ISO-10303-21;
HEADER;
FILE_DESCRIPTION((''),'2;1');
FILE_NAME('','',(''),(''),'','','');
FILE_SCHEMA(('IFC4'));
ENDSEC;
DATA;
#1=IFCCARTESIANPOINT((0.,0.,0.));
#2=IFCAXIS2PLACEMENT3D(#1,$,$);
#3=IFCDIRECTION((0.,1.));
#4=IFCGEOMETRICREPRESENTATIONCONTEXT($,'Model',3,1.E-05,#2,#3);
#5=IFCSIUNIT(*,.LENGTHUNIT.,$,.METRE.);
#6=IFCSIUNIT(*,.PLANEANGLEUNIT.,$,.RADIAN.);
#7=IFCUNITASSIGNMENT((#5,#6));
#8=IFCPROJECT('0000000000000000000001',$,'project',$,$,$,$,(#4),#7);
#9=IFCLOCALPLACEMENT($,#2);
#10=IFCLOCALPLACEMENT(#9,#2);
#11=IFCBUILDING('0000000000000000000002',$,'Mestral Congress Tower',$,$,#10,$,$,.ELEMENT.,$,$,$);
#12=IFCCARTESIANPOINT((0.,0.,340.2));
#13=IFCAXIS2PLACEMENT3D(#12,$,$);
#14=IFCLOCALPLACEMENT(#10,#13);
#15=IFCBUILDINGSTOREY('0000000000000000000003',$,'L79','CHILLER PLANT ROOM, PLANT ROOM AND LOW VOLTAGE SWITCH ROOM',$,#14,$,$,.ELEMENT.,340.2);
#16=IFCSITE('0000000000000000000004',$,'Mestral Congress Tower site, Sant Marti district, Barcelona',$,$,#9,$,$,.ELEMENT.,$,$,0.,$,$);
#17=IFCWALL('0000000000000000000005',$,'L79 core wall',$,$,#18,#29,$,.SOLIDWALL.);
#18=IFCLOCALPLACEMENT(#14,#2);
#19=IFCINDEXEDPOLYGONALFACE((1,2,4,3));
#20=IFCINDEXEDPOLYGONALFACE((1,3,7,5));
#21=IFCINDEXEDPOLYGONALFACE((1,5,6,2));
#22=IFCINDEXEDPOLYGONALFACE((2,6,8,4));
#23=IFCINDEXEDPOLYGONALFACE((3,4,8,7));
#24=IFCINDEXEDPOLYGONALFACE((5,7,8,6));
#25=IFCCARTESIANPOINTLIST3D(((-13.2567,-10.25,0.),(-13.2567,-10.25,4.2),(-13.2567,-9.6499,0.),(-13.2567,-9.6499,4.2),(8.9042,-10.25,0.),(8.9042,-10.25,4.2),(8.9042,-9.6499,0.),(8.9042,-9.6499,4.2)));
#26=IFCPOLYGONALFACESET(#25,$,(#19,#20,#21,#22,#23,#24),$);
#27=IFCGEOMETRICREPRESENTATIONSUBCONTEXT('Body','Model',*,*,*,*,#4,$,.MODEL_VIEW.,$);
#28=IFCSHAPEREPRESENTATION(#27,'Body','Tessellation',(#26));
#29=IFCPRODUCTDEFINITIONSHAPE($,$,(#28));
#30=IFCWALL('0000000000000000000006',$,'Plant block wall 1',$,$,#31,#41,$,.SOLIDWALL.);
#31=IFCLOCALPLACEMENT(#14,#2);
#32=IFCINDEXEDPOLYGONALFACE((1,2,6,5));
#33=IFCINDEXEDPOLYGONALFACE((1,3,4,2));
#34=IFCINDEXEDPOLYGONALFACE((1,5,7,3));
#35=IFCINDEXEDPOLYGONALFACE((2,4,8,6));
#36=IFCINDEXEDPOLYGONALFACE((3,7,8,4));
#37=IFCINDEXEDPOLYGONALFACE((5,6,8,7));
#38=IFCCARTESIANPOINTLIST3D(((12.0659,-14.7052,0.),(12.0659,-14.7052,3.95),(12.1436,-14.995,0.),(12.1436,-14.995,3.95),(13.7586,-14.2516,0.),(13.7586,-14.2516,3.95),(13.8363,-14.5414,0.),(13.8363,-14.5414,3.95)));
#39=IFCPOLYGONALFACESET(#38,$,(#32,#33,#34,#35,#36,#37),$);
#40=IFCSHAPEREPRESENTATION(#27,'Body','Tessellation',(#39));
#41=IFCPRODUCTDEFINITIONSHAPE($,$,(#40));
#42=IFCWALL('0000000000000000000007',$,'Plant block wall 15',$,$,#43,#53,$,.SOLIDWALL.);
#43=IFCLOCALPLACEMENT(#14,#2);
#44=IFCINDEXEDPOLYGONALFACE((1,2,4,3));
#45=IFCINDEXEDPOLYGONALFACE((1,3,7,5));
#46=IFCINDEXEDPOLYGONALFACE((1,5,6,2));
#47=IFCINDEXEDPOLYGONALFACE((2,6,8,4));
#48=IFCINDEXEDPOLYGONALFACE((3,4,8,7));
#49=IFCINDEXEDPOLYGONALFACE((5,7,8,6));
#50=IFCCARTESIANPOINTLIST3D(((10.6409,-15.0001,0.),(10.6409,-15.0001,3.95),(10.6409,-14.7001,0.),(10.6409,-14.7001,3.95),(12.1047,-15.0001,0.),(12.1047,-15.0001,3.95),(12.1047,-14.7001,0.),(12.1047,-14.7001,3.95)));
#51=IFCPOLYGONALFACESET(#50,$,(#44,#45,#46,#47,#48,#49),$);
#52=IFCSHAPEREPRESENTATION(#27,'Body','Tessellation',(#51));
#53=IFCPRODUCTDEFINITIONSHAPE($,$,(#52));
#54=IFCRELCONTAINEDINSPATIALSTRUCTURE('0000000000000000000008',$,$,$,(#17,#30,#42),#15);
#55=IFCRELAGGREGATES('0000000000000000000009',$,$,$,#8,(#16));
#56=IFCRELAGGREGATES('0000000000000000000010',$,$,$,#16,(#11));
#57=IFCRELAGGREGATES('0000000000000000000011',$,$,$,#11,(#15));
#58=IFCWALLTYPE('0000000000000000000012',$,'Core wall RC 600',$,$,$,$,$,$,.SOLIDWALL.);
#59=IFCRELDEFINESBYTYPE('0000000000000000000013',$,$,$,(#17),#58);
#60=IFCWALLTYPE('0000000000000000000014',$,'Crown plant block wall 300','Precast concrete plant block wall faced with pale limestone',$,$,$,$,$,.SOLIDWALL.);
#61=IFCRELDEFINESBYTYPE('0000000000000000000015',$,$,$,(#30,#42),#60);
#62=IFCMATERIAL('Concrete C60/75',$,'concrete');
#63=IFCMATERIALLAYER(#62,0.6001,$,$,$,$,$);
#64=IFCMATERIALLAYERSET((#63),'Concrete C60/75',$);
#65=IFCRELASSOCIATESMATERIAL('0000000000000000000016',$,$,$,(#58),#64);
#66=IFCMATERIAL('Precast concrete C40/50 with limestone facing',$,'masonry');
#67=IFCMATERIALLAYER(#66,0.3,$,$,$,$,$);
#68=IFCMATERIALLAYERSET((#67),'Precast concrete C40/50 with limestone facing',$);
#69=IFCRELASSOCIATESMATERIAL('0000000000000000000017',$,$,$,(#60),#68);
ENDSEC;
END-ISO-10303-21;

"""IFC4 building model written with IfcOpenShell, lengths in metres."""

from ifc_helpers import new_model, si_unit, direction, frame, frame_2d, origin, place, context, subcontext, project, spatial, rectangle, extrude, material, layer, layer_set, type_object, element, save


model = new_model("IFC4")

# Units and contexts
model_context = context("Model", 3, precision=1e-05, world=origin(), true_north=direction((0.0, 1.0)))
body_context = subcontext(model_context, "Body", "Model", "MODEL_VIEW")
ifc_project = project(units=[si_unit("LENGTHUNIT", "METRE"), si_unit("PLANEANGLEUNIT", "RADIAN")], contexts=[model_context])

# Site, building, storey
site_placement = place(None, origin())
site = spatial("IfcSite", under=ifc_project, at=site_placement, Name="Mestral Congress Tower site, Sant Marti district, Barcelona", CompositionType="ELEMENT", RefElevation=0.0)
building_placement = place(site_placement, origin())
building = spatial("IfcBuilding", under=site, at=building_placement, Name="Mestral Congress Tower", CompositionType="ELEMENT")
storey_placement = place(building_placement, frame((0.0, 0.0, 340.2)))
storey = spatial("IfcBuildingStorey", under=building, at=storey_placement, Name="L79", Description="CHILLER PLANT ROOM, PLANT ROOM AND LOW VOLTAGE SWITCH ROOM", CompositionType="ELEMENT", Elevation=340.2)

# Walls
ifc_material_1 = material(Name="Concrete C60/75", Category="concrete")
ifc_layer_1 = layer(ifc_material_1, 0.6001)
ifc_layer_set_1 = layer_set([ifc_layer_1], Name="Concrete C60/75")
wall_type_1 = type_object("IfcWallType", Name="Core wall RC 600", PredefinedType="SOLIDWALL", material=ifc_layer_set_1)
wall_1_placement = place(storey_placement, frame((8.9043, -9.95, 0.0), z_axis=(0.0, 0.0, 1.0), x_axis=(-1.0, 0.0, 0.0)))
element("IfcWall", 1, at=wall_1_placement, inside=storey, type_object=wall_type_1, Name="L79 core wall", PredefinedType="SOLIDWALL", context=body_context, shape_type="SweptSolid", body=[
    extrude(rectangle(XDim=22.1609, YDim=0.6001, at=frame_2d((11.0806, 0.0))), origin(), (0.0, 0.0, 1.0), 4.2),
])
ifc_material_2 = material(Name="Precast concrete C40/50 with limestone facing", Category="masonry")
ifc_layer_2 = layer(ifc_material_2, 0.3)
ifc_layer_set_2 = layer_set([ifc_layer_2], Name="Precast concrete C40/50 with limestone facing")
wall_type_2 = type_object("IfcWallType", Name="Crown plant block wall 300", Description="Precast concrete plant block wall faced with pale limestone", PredefinedType="SOLIDWALL", material=ifc_layer_set_2)
wall_2_placement = place(storey_placement, frame((12.1047, -14.8501, 0.0), z_axis=(0.0, 0.0, 1.0), x_axis=(0.965915, 0.258859, 0.0)))
element("IfcWall", 2, at=wall_2_placement, inside=storey, type_object=wall_type_2, Name="Plant block wall 1", PredefinedType="SOLIDWALL", context=body_context, shape_type="SweptSolid", body=[
    extrude(rectangle(XDim=1.7524, YDim=0.3, at=frame_2d((0.8762, 0.0))), origin(), (0.0, 0.0, 1.0), 3.95),
])
wall_3_placement = place(storey_placement, frame((10.6409, -14.8501, 0.0), z_axis=(0.0, 0.0, 1.0), x_axis=(1.0, 0.0, 0.0)))
element("IfcWall", 3, at=wall_3_placement, inside=storey, type_object=wall_type_2, Name="Plant block wall 15", PredefinedType="SOLIDWALL", context=body_context, shape_type="SweptSolid", body=[
    extrude(rectangle(XDim=1.4639, YDim=0.3, at=frame_2d((0.7319, 0.0))), origin(), (0.0, 0.0, 1.0), 3.95),
])

save(model, "model.ifc")
